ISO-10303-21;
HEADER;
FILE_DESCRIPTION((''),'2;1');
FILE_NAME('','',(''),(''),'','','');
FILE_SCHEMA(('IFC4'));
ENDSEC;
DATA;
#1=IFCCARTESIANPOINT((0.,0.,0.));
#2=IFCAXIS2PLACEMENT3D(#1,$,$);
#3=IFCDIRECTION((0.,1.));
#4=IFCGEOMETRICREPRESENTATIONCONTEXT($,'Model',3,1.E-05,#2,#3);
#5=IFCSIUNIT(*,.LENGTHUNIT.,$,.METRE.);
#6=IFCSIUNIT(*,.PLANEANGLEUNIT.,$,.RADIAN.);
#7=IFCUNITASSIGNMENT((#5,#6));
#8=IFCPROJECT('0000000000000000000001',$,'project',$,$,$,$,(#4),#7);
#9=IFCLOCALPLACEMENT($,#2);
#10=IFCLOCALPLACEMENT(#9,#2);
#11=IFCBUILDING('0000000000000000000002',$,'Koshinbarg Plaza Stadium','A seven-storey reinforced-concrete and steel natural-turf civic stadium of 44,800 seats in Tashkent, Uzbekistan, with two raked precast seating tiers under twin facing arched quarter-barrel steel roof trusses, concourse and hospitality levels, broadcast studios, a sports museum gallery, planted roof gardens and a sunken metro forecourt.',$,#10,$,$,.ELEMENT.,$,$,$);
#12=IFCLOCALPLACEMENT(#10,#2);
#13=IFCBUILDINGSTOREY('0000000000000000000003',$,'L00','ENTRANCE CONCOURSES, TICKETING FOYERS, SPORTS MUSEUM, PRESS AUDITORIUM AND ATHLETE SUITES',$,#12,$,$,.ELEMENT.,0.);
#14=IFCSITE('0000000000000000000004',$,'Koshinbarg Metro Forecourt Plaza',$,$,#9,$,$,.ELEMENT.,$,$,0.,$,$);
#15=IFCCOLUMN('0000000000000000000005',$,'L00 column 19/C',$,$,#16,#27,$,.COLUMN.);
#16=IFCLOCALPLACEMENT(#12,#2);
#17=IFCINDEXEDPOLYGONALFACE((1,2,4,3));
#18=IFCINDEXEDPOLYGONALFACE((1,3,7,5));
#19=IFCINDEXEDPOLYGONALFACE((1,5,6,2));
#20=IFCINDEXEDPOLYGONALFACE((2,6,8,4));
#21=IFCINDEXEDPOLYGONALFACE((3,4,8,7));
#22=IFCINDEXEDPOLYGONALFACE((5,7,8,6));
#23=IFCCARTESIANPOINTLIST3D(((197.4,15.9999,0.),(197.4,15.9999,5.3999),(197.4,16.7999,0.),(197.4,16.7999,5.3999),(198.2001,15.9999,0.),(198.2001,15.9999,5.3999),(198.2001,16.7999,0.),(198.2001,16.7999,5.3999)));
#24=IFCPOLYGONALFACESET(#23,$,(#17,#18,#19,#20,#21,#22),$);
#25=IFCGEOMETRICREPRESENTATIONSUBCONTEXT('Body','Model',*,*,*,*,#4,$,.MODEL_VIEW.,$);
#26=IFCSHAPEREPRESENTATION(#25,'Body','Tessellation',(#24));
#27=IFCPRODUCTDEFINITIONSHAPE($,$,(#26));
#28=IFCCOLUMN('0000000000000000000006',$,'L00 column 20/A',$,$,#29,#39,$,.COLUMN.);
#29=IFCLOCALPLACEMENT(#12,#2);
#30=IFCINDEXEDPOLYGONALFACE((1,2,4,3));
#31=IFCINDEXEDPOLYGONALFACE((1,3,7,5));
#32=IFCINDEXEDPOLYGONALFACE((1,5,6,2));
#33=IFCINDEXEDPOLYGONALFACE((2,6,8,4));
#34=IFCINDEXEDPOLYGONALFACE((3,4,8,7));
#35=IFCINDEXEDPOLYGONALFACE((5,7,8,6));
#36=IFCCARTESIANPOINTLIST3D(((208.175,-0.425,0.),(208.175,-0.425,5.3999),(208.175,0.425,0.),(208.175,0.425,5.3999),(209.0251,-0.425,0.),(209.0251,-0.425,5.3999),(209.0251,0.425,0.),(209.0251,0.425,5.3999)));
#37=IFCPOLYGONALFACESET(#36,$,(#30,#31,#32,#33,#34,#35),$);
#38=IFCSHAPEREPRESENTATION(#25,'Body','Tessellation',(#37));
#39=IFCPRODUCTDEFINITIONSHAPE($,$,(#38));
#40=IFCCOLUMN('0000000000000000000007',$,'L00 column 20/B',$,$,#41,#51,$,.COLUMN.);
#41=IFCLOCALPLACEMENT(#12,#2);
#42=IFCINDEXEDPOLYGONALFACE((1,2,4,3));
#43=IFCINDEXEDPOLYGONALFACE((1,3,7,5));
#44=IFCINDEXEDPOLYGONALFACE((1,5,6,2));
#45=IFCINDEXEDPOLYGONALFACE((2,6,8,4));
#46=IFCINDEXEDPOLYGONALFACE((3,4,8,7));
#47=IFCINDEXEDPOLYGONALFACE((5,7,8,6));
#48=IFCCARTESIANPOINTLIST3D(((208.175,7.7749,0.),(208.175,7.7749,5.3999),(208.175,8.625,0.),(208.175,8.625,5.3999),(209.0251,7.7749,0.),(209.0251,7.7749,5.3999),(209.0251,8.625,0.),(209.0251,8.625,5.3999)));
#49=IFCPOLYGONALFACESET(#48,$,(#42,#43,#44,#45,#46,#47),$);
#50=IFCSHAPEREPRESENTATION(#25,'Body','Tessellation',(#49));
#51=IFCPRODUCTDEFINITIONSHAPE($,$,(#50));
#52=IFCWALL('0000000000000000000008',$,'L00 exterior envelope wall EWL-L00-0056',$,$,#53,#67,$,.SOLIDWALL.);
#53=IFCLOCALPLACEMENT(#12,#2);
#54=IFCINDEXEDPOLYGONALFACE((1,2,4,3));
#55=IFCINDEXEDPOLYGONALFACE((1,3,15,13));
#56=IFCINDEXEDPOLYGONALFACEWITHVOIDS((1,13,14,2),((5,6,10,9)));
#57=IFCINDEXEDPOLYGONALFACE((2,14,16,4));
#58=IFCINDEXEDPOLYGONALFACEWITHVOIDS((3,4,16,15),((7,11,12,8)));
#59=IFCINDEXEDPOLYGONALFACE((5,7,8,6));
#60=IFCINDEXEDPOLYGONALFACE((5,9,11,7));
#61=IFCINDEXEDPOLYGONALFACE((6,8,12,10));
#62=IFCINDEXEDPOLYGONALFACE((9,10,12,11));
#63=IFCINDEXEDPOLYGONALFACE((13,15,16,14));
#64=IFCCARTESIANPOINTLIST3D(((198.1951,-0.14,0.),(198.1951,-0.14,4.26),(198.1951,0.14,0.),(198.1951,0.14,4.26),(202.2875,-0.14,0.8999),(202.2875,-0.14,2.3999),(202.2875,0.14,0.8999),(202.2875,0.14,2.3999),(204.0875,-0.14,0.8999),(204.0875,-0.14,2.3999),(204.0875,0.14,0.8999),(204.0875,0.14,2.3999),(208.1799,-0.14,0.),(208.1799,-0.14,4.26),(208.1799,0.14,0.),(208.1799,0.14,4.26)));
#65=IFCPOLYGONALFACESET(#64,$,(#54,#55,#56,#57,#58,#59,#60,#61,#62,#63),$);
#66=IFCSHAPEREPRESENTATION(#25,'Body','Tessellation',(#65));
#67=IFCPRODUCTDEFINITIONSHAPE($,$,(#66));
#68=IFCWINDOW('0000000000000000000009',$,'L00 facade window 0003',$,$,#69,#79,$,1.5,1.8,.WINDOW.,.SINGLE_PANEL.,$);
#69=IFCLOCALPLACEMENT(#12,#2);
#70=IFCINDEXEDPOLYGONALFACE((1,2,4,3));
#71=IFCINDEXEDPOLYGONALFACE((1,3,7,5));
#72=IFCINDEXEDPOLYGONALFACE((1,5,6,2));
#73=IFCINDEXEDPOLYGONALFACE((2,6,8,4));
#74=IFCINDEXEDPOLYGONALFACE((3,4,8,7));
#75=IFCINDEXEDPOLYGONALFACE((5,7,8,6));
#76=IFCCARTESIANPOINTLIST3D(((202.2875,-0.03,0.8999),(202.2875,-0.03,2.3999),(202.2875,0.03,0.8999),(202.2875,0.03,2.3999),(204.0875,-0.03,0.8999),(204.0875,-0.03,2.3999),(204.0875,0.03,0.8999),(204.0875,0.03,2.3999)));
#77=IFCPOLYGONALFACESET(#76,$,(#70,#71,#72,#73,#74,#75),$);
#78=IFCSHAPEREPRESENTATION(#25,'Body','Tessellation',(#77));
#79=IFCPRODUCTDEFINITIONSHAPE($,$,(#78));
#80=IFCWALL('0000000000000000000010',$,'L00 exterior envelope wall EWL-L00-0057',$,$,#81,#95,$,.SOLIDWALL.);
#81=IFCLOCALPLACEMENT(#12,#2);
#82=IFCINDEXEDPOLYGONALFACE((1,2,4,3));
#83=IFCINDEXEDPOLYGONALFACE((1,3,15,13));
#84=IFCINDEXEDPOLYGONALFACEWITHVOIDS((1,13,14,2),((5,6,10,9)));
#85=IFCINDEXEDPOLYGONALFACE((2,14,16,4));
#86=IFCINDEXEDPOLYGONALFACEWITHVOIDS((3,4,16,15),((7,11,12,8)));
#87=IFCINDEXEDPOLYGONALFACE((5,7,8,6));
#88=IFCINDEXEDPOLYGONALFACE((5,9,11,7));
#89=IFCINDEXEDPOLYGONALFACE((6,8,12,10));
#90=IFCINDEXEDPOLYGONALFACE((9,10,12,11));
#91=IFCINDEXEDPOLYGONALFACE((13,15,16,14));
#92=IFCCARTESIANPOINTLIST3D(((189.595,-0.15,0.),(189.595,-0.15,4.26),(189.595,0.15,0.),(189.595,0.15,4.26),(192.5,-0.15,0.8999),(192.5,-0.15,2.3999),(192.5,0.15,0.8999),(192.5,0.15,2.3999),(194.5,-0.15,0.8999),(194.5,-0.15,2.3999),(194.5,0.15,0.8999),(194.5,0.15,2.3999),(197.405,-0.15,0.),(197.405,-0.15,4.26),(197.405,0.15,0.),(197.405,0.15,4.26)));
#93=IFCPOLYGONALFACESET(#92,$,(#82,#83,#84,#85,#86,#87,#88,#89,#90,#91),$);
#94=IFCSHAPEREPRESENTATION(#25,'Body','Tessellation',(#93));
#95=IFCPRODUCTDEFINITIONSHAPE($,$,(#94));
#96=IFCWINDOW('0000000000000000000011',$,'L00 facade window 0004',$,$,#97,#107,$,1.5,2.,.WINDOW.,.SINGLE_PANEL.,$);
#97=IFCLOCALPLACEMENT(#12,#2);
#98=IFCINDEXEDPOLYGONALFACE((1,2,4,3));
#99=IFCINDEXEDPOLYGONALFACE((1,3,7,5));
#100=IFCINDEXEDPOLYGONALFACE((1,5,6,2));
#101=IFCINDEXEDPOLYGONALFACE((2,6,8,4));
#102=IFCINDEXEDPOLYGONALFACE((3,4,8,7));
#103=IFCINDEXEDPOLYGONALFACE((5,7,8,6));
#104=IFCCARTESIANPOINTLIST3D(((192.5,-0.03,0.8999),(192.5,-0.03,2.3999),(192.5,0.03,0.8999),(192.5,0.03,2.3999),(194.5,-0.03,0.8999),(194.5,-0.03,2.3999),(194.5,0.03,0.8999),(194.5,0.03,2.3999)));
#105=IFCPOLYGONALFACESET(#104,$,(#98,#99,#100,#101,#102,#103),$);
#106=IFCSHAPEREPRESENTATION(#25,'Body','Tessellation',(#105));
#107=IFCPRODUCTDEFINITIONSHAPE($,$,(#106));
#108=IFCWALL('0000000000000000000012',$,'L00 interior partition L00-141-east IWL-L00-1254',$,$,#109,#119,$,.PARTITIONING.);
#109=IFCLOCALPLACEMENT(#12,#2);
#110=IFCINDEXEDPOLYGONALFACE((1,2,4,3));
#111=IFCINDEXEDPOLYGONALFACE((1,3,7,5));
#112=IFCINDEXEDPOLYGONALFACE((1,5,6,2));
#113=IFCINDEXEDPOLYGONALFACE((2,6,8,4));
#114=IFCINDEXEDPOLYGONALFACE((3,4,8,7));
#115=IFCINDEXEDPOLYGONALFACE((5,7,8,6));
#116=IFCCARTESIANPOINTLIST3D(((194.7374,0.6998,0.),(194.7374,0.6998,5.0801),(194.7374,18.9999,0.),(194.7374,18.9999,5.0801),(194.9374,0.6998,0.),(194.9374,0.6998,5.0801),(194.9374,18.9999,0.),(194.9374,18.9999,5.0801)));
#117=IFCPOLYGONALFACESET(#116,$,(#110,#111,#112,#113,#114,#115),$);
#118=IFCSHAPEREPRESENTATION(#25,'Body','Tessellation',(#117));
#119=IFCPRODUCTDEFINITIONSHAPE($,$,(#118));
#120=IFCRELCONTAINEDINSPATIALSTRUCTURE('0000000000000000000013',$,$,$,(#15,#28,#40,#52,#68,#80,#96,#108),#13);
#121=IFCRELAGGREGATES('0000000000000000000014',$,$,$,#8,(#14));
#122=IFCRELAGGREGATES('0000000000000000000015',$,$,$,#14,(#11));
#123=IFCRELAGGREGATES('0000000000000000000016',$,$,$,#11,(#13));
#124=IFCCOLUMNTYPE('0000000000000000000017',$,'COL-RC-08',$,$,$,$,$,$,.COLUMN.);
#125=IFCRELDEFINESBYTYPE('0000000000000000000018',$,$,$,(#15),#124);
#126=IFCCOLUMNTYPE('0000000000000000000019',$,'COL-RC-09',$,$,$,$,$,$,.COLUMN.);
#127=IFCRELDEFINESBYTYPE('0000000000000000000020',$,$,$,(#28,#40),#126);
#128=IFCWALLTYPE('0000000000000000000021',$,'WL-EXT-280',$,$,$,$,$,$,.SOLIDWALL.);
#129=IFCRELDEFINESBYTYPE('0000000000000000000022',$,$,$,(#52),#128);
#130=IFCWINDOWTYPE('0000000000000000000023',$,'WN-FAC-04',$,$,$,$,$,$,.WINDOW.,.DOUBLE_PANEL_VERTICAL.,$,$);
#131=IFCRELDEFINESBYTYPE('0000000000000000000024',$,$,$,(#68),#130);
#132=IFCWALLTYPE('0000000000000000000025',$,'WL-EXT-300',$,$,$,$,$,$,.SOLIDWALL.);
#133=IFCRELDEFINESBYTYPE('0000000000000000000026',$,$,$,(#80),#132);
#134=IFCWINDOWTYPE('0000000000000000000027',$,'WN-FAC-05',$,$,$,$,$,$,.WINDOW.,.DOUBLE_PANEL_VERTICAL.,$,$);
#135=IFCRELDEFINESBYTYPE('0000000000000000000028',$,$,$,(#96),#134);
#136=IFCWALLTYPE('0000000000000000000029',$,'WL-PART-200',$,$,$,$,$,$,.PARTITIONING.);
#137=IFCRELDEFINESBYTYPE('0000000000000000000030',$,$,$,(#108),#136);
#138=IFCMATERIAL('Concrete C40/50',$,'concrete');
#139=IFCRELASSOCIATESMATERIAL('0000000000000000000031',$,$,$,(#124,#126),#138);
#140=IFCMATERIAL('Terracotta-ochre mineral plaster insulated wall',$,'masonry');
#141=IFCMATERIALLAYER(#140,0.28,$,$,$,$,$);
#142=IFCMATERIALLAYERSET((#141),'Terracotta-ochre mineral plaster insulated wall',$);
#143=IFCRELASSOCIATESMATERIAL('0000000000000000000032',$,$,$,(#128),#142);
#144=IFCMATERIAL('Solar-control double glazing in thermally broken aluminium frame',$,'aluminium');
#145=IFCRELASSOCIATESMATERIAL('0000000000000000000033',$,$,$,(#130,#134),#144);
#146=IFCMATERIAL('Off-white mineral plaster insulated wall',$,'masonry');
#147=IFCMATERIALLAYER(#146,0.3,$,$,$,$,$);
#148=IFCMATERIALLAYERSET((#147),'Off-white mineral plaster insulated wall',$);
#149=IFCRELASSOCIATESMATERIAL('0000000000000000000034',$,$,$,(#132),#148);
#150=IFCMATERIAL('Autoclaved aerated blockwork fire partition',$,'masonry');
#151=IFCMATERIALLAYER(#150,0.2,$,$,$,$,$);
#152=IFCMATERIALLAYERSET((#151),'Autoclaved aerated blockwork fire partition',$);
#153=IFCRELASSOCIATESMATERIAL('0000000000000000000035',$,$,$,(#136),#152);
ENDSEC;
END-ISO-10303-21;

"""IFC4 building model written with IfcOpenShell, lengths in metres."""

from ifc_helpers import new_model, si_unit, direction, frame, frame_2d, origin, origin_2d, place, context, subcontext, project, spatial, rectangle, extrude, material, layer, layer_set, material_profile, profile_set, type_object, element, fill, save


model = new_model("IFC4")

# Units and contexts
model_context = context("Model", 3, precision=1e-05, world=origin(), true_north=direction((0.0, 1.0)))
body_context = subcontext(model_context, "Body", "Model", "MODEL_VIEW")
ifc_project = project(units=[si_unit("LENGTHUNIT", "METRE"), si_unit("PLANEANGLEUNIT", "RADIAN")], contexts=[model_context])

# Site, building, storey
site_placement = place(None, origin())
site = spatial("IfcSite", under=ifc_project, at=site_placement, Name="Koshinbarg Metro Forecourt Plaza", CompositionType="ELEMENT", RefElevation=0.0)
building_placement = place(site_placement, origin())
building = spatial("IfcBuilding", under=site, at=building_placement, Name="Koshinbarg Plaza Stadium", Description="A seven-storey reinforced-concrete and steel natural-turf civic stadium of 44,800 seats in Tashkent, Uzbekistan, with two raked precast seating tiers under twin facing arched quarter-barrel steel roof trusses, concourse and hospitality levels, broadcast studios, a sports museum gallery, planted roof gardens and a sunken metro forecourt.", CompositionType="ELEMENT")
storey_placement = place(building_placement, origin())
storey = spatial("IfcBuildingStorey", under=building, at=storey_placement, Name="L00", Description="ENTRANCE CONCOURSES, TICKETING FOYERS, SPORTS MUSEUM, PRESS AUDITORIUM AND ATHLETE SUITES", CompositionType="ELEMENT", Elevation=0.0)

# Columns
ifc_material_1 = material(Name="Concrete C40/50", Category="concrete")
ifc_material_profile_1 = material_profile(ifc_material_1, rectangle(XDim=0.8, YDim=0.8, at=origin_2d()), Name="RC 800x800")
ifc_profile_set_1 = profile_set([ifc_material_profile_1], Name="Concrete C40/50")
column_type_1 = type_object("IfcColumnType", Name="COL-RC-08", PredefinedType="COLUMN", material=ifc_profile_set_1)
for number, where, z_axis, x_axis, name in (
    (1, (197.8, 16.3999, 0.0), (0.0, 0.0, 1.0), (1.0, 0.0, 0.0), "L00 column 19/C"),
):
    element("IfcColumn", number, at=place(storey_placement, frame(where, z_axis=z_axis, x_axis=x_axis)), inside=storey, type_object=column_type_1, Name=name, PredefinedType="COLUMN", context=body_context, shape_type="SweptSolid", body=[
        extrude(rectangle(XDim=0.8, YDim=0.8, at=origin_2d()), origin(), (0.0, 0.0, 1.0), 5.3999),
    ])
ifc_material_profile_2 = material_profile(ifc_material_1, rectangle(XDim=0.8501, YDim=0.8501, at=origin_2d()), Name="RC 850x850")
ifc_profile_set_2 = profile_set([ifc_material_profile_2], Name="Concrete C40/50")
column_type_2 = type_object("IfcColumnType", Name="COL-RC-09", PredefinedType="COLUMN", material=ifc_profile_set_2)
for number, where, z_axis, x_axis, name in (
    (2, (208.6001, 0.0, 0.0), (0.0, 0.0, 1.0), (1.0, 0.0, 0.0), "L00 column 20/A"),
    (3, (208.6001, 8.2, 0.0), (0.0, 0.0, 1.0), (1.0, 0.0, 0.0), "L00 column 20/B"),
):
    element("IfcColumn", number, at=place(storey_placement, frame(where, z_axis=z_axis, x_axis=x_axis)), inside=storey, type_object=column_type_2, Name=name, PredefinedType="COLUMN", context=body_context, shape_type="SweptSolid", body=[
        extrude(rectangle(XDim=0.8501, YDim=0.8501, at=origin_2d()), origin(), (0.0, 0.0, 1.0), 5.3999),
    ])

# Walls, openings, windows
ifc_material_2 = material(Name="Terracotta-ochre mineral plaster insulated wall", Category="masonry")
ifc_layer_1 = layer(ifc_material_2, 0.28)
ifc_layer_set_1 = layer_set([ifc_layer_1], Name="Terracotta-ochre mineral plaster insulated wall")
wall_type_1 = type_object("IfcWallType", Name="WL-EXT-280", PredefinedType="SOLIDWALL", material=ifc_layer_set_1)
wall_1_placement = place(storey_placement, frame((208.1799, 0.0, 0.0), z_axis=(0.0, 0.0, 1.0), x_axis=(-1.0, 0.0, 0.0)))
wall_1 = element("IfcWall", 4, at=wall_1_placement, inside=storey, type_object=wall_type_1, Name="L00 exterior envelope wall EWL-L00-0056", PredefinedType="SOLIDWALL", context=body_context, shape_type="SweptSolid", body=[
    extrude(rectangle(XDim=9.9849, YDim=0.28, at=frame_2d((4.9924, 0.0))), origin(), (0.0, 0.0, 1.0), 4.26),
])
opening_1_placement = place(wall_1_placement, frame((4.0925, 0.0, 0.8999)))
opening_1 = element("IfcOpeningElement", 5, at=opening_1_placement, cuts=wall_1, PredefinedType="OPENING", context=body_context, shape_type="SweptSolid", body=[
    extrude(rectangle(XDim=1.8, YDim=1.5, at=frame_2d((0.8999, 0.75))), frame((0.0, 0.1499, 0.0), z_axis=(0.0, -1.0, 0.0), x_axis=(1.0, 0.0, 0.0)), (0.0, 0.0, 1.0), 0.3),
])
ifc_material_3 = material(Name="Solar-control double glazing in thermally broken aluminium frame", Category="aluminium")
window_type_1 = type_object("IfcWindowType", Name="WN-FAC-04", PartitioningType="DOUBLE_PANEL_VERTICAL", PredefinedType="WINDOW", material=ifc_material_3)
window_1_placement = place(opening_1_placement, origin())
window_1 = element("IfcWindow", 6, at=window_1_placement, inside=storey, type_object=window_type_1, Name="L00 facade window 0003", OverallHeight=1.5, OverallWidth=1.8, PartitioningType="SINGLE_PANEL", PredefinedType="WINDOW", context=body_context, shape_type="SweptSolid", body=[
    extrude(rectangle(XDim=1.8, YDim=1.5, at=frame_2d((0.8999, 0.75))), frame((0.0, 0.03, 0.0), z_axis=(0.0, -1.0, 0.0), x_axis=(1.0, 0.0, 0.0)), (0.0, 0.0, 1.0), 0.0601),
])
fill(opening_1, window_1)
ifc_material_4 = material(Name="Off-white mineral plaster insulated wall", Category="masonry")
ifc_layer_2 = layer(ifc_material_4, 0.3)
ifc_layer_set_2 = layer_set([ifc_layer_2], Name="Off-white mineral plaster insulated wall")
wall_type_2 = type_object("IfcWallType", Name="WL-EXT-300", PredefinedType="SOLIDWALL", material=ifc_layer_set_2)
wall_2_placement = place(storey_placement, frame((197.405, 0.0, 0.0), z_axis=(0.0, 0.0, 1.0), x_axis=(-1.0, 0.0, 0.0)))
wall_2 = element("IfcWall", 7, at=wall_2_placement, inside=storey, type_object=wall_type_2, Name="L00 exterior envelope wall EWL-L00-0057", PredefinedType="SOLIDWALL", context=body_context, shape_type="SweptSolid", body=[
    extrude(rectangle(XDim=7.8101, YDim=0.3, at=frame_2d((3.905, 0.0))), origin(), (0.0, 0.0, 1.0), 4.26),
])
opening_2_placement = place(wall_2_placement, frame((2.905, 0.0, 0.8999)))
opening_2 = element("IfcOpeningElement", 8, at=opening_2_placement, cuts=wall_2, PredefinedType="OPENING", context=body_context, shape_type="SweptSolid", body=[
    extrude(rectangle(XDim=2.0, YDim=1.5, at=frame_2d((1.0, 0.75))), frame((0.0, 0.1599, 0.0), z_axis=(0.0, -1.0, 0.0), x_axis=(1.0, 0.0, 0.0)), (0.0, 0.0, 1.0), 0.3201),
])
window_type_2 = type_object("IfcWindowType", Name="WN-FAC-05", PartitioningType="DOUBLE_PANEL_VERTICAL", PredefinedType="WINDOW", material=ifc_material_3)
window_2_placement = place(opening_2_placement, origin())
window_2 = element("IfcWindow", 9, at=window_2_placement, inside=storey, type_object=window_type_2, Name="L00 facade window 0004", OverallHeight=1.5, OverallWidth=2.0, PartitioningType="SINGLE_PANEL", PredefinedType="WINDOW", context=body_context, shape_type="SweptSolid", body=[
    extrude(rectangle(XDim=2.0, YDim=1.5, at=frame_2d((1.0, 0.75))), frame((0.0, 0.03, 0.0), z_axis=(0.0, -1.0, 0.0), x_axis=(1.0, 0.0, 0.0)), (0.0, 0.0, 1.0), 0.0601),
])
fill(opening_2, window_2)

# Wall
ifc_material_5 = material(Name="Autoclaved aerated blockwork fire partition", Category="masonry")
ifc_layer_3 = layer(ifc_material_5, 0.2)
ifc_layer_set_3 = layer_set([ifc_layer_3], Name="Autoclaved aerated blockwork fire partition")
wall_type_3 = type_object("IfcWallType", Name="WL-PART-200", PredefinedType="PARTITIONING", material=ifc_layer_set_3)
wall_3_placement = place(storey_placement, frame((194.8374, 0.7, 0.0), z_axis=(0.0, 0.0, 1.0), x_axis=(0.0, 1.0, 0.0)))
element("IfcWall", 10, at=wall_3_placement, inside=storey, type_object=wall_type_3, Name="L00 interior partition L00-141-east IWL-L00-1254", PredefinedType="PARTITIONING", context=body_context, shape_type="SweptSolid", body=[
    extrude(rectangle(XDim=18.3, YDim=0.2, at=frame_2d((9.1499, 0.0))), origin(), (0.0, 0.0, 1.0), 5.0801),
])

save(model, "model.ifc")
